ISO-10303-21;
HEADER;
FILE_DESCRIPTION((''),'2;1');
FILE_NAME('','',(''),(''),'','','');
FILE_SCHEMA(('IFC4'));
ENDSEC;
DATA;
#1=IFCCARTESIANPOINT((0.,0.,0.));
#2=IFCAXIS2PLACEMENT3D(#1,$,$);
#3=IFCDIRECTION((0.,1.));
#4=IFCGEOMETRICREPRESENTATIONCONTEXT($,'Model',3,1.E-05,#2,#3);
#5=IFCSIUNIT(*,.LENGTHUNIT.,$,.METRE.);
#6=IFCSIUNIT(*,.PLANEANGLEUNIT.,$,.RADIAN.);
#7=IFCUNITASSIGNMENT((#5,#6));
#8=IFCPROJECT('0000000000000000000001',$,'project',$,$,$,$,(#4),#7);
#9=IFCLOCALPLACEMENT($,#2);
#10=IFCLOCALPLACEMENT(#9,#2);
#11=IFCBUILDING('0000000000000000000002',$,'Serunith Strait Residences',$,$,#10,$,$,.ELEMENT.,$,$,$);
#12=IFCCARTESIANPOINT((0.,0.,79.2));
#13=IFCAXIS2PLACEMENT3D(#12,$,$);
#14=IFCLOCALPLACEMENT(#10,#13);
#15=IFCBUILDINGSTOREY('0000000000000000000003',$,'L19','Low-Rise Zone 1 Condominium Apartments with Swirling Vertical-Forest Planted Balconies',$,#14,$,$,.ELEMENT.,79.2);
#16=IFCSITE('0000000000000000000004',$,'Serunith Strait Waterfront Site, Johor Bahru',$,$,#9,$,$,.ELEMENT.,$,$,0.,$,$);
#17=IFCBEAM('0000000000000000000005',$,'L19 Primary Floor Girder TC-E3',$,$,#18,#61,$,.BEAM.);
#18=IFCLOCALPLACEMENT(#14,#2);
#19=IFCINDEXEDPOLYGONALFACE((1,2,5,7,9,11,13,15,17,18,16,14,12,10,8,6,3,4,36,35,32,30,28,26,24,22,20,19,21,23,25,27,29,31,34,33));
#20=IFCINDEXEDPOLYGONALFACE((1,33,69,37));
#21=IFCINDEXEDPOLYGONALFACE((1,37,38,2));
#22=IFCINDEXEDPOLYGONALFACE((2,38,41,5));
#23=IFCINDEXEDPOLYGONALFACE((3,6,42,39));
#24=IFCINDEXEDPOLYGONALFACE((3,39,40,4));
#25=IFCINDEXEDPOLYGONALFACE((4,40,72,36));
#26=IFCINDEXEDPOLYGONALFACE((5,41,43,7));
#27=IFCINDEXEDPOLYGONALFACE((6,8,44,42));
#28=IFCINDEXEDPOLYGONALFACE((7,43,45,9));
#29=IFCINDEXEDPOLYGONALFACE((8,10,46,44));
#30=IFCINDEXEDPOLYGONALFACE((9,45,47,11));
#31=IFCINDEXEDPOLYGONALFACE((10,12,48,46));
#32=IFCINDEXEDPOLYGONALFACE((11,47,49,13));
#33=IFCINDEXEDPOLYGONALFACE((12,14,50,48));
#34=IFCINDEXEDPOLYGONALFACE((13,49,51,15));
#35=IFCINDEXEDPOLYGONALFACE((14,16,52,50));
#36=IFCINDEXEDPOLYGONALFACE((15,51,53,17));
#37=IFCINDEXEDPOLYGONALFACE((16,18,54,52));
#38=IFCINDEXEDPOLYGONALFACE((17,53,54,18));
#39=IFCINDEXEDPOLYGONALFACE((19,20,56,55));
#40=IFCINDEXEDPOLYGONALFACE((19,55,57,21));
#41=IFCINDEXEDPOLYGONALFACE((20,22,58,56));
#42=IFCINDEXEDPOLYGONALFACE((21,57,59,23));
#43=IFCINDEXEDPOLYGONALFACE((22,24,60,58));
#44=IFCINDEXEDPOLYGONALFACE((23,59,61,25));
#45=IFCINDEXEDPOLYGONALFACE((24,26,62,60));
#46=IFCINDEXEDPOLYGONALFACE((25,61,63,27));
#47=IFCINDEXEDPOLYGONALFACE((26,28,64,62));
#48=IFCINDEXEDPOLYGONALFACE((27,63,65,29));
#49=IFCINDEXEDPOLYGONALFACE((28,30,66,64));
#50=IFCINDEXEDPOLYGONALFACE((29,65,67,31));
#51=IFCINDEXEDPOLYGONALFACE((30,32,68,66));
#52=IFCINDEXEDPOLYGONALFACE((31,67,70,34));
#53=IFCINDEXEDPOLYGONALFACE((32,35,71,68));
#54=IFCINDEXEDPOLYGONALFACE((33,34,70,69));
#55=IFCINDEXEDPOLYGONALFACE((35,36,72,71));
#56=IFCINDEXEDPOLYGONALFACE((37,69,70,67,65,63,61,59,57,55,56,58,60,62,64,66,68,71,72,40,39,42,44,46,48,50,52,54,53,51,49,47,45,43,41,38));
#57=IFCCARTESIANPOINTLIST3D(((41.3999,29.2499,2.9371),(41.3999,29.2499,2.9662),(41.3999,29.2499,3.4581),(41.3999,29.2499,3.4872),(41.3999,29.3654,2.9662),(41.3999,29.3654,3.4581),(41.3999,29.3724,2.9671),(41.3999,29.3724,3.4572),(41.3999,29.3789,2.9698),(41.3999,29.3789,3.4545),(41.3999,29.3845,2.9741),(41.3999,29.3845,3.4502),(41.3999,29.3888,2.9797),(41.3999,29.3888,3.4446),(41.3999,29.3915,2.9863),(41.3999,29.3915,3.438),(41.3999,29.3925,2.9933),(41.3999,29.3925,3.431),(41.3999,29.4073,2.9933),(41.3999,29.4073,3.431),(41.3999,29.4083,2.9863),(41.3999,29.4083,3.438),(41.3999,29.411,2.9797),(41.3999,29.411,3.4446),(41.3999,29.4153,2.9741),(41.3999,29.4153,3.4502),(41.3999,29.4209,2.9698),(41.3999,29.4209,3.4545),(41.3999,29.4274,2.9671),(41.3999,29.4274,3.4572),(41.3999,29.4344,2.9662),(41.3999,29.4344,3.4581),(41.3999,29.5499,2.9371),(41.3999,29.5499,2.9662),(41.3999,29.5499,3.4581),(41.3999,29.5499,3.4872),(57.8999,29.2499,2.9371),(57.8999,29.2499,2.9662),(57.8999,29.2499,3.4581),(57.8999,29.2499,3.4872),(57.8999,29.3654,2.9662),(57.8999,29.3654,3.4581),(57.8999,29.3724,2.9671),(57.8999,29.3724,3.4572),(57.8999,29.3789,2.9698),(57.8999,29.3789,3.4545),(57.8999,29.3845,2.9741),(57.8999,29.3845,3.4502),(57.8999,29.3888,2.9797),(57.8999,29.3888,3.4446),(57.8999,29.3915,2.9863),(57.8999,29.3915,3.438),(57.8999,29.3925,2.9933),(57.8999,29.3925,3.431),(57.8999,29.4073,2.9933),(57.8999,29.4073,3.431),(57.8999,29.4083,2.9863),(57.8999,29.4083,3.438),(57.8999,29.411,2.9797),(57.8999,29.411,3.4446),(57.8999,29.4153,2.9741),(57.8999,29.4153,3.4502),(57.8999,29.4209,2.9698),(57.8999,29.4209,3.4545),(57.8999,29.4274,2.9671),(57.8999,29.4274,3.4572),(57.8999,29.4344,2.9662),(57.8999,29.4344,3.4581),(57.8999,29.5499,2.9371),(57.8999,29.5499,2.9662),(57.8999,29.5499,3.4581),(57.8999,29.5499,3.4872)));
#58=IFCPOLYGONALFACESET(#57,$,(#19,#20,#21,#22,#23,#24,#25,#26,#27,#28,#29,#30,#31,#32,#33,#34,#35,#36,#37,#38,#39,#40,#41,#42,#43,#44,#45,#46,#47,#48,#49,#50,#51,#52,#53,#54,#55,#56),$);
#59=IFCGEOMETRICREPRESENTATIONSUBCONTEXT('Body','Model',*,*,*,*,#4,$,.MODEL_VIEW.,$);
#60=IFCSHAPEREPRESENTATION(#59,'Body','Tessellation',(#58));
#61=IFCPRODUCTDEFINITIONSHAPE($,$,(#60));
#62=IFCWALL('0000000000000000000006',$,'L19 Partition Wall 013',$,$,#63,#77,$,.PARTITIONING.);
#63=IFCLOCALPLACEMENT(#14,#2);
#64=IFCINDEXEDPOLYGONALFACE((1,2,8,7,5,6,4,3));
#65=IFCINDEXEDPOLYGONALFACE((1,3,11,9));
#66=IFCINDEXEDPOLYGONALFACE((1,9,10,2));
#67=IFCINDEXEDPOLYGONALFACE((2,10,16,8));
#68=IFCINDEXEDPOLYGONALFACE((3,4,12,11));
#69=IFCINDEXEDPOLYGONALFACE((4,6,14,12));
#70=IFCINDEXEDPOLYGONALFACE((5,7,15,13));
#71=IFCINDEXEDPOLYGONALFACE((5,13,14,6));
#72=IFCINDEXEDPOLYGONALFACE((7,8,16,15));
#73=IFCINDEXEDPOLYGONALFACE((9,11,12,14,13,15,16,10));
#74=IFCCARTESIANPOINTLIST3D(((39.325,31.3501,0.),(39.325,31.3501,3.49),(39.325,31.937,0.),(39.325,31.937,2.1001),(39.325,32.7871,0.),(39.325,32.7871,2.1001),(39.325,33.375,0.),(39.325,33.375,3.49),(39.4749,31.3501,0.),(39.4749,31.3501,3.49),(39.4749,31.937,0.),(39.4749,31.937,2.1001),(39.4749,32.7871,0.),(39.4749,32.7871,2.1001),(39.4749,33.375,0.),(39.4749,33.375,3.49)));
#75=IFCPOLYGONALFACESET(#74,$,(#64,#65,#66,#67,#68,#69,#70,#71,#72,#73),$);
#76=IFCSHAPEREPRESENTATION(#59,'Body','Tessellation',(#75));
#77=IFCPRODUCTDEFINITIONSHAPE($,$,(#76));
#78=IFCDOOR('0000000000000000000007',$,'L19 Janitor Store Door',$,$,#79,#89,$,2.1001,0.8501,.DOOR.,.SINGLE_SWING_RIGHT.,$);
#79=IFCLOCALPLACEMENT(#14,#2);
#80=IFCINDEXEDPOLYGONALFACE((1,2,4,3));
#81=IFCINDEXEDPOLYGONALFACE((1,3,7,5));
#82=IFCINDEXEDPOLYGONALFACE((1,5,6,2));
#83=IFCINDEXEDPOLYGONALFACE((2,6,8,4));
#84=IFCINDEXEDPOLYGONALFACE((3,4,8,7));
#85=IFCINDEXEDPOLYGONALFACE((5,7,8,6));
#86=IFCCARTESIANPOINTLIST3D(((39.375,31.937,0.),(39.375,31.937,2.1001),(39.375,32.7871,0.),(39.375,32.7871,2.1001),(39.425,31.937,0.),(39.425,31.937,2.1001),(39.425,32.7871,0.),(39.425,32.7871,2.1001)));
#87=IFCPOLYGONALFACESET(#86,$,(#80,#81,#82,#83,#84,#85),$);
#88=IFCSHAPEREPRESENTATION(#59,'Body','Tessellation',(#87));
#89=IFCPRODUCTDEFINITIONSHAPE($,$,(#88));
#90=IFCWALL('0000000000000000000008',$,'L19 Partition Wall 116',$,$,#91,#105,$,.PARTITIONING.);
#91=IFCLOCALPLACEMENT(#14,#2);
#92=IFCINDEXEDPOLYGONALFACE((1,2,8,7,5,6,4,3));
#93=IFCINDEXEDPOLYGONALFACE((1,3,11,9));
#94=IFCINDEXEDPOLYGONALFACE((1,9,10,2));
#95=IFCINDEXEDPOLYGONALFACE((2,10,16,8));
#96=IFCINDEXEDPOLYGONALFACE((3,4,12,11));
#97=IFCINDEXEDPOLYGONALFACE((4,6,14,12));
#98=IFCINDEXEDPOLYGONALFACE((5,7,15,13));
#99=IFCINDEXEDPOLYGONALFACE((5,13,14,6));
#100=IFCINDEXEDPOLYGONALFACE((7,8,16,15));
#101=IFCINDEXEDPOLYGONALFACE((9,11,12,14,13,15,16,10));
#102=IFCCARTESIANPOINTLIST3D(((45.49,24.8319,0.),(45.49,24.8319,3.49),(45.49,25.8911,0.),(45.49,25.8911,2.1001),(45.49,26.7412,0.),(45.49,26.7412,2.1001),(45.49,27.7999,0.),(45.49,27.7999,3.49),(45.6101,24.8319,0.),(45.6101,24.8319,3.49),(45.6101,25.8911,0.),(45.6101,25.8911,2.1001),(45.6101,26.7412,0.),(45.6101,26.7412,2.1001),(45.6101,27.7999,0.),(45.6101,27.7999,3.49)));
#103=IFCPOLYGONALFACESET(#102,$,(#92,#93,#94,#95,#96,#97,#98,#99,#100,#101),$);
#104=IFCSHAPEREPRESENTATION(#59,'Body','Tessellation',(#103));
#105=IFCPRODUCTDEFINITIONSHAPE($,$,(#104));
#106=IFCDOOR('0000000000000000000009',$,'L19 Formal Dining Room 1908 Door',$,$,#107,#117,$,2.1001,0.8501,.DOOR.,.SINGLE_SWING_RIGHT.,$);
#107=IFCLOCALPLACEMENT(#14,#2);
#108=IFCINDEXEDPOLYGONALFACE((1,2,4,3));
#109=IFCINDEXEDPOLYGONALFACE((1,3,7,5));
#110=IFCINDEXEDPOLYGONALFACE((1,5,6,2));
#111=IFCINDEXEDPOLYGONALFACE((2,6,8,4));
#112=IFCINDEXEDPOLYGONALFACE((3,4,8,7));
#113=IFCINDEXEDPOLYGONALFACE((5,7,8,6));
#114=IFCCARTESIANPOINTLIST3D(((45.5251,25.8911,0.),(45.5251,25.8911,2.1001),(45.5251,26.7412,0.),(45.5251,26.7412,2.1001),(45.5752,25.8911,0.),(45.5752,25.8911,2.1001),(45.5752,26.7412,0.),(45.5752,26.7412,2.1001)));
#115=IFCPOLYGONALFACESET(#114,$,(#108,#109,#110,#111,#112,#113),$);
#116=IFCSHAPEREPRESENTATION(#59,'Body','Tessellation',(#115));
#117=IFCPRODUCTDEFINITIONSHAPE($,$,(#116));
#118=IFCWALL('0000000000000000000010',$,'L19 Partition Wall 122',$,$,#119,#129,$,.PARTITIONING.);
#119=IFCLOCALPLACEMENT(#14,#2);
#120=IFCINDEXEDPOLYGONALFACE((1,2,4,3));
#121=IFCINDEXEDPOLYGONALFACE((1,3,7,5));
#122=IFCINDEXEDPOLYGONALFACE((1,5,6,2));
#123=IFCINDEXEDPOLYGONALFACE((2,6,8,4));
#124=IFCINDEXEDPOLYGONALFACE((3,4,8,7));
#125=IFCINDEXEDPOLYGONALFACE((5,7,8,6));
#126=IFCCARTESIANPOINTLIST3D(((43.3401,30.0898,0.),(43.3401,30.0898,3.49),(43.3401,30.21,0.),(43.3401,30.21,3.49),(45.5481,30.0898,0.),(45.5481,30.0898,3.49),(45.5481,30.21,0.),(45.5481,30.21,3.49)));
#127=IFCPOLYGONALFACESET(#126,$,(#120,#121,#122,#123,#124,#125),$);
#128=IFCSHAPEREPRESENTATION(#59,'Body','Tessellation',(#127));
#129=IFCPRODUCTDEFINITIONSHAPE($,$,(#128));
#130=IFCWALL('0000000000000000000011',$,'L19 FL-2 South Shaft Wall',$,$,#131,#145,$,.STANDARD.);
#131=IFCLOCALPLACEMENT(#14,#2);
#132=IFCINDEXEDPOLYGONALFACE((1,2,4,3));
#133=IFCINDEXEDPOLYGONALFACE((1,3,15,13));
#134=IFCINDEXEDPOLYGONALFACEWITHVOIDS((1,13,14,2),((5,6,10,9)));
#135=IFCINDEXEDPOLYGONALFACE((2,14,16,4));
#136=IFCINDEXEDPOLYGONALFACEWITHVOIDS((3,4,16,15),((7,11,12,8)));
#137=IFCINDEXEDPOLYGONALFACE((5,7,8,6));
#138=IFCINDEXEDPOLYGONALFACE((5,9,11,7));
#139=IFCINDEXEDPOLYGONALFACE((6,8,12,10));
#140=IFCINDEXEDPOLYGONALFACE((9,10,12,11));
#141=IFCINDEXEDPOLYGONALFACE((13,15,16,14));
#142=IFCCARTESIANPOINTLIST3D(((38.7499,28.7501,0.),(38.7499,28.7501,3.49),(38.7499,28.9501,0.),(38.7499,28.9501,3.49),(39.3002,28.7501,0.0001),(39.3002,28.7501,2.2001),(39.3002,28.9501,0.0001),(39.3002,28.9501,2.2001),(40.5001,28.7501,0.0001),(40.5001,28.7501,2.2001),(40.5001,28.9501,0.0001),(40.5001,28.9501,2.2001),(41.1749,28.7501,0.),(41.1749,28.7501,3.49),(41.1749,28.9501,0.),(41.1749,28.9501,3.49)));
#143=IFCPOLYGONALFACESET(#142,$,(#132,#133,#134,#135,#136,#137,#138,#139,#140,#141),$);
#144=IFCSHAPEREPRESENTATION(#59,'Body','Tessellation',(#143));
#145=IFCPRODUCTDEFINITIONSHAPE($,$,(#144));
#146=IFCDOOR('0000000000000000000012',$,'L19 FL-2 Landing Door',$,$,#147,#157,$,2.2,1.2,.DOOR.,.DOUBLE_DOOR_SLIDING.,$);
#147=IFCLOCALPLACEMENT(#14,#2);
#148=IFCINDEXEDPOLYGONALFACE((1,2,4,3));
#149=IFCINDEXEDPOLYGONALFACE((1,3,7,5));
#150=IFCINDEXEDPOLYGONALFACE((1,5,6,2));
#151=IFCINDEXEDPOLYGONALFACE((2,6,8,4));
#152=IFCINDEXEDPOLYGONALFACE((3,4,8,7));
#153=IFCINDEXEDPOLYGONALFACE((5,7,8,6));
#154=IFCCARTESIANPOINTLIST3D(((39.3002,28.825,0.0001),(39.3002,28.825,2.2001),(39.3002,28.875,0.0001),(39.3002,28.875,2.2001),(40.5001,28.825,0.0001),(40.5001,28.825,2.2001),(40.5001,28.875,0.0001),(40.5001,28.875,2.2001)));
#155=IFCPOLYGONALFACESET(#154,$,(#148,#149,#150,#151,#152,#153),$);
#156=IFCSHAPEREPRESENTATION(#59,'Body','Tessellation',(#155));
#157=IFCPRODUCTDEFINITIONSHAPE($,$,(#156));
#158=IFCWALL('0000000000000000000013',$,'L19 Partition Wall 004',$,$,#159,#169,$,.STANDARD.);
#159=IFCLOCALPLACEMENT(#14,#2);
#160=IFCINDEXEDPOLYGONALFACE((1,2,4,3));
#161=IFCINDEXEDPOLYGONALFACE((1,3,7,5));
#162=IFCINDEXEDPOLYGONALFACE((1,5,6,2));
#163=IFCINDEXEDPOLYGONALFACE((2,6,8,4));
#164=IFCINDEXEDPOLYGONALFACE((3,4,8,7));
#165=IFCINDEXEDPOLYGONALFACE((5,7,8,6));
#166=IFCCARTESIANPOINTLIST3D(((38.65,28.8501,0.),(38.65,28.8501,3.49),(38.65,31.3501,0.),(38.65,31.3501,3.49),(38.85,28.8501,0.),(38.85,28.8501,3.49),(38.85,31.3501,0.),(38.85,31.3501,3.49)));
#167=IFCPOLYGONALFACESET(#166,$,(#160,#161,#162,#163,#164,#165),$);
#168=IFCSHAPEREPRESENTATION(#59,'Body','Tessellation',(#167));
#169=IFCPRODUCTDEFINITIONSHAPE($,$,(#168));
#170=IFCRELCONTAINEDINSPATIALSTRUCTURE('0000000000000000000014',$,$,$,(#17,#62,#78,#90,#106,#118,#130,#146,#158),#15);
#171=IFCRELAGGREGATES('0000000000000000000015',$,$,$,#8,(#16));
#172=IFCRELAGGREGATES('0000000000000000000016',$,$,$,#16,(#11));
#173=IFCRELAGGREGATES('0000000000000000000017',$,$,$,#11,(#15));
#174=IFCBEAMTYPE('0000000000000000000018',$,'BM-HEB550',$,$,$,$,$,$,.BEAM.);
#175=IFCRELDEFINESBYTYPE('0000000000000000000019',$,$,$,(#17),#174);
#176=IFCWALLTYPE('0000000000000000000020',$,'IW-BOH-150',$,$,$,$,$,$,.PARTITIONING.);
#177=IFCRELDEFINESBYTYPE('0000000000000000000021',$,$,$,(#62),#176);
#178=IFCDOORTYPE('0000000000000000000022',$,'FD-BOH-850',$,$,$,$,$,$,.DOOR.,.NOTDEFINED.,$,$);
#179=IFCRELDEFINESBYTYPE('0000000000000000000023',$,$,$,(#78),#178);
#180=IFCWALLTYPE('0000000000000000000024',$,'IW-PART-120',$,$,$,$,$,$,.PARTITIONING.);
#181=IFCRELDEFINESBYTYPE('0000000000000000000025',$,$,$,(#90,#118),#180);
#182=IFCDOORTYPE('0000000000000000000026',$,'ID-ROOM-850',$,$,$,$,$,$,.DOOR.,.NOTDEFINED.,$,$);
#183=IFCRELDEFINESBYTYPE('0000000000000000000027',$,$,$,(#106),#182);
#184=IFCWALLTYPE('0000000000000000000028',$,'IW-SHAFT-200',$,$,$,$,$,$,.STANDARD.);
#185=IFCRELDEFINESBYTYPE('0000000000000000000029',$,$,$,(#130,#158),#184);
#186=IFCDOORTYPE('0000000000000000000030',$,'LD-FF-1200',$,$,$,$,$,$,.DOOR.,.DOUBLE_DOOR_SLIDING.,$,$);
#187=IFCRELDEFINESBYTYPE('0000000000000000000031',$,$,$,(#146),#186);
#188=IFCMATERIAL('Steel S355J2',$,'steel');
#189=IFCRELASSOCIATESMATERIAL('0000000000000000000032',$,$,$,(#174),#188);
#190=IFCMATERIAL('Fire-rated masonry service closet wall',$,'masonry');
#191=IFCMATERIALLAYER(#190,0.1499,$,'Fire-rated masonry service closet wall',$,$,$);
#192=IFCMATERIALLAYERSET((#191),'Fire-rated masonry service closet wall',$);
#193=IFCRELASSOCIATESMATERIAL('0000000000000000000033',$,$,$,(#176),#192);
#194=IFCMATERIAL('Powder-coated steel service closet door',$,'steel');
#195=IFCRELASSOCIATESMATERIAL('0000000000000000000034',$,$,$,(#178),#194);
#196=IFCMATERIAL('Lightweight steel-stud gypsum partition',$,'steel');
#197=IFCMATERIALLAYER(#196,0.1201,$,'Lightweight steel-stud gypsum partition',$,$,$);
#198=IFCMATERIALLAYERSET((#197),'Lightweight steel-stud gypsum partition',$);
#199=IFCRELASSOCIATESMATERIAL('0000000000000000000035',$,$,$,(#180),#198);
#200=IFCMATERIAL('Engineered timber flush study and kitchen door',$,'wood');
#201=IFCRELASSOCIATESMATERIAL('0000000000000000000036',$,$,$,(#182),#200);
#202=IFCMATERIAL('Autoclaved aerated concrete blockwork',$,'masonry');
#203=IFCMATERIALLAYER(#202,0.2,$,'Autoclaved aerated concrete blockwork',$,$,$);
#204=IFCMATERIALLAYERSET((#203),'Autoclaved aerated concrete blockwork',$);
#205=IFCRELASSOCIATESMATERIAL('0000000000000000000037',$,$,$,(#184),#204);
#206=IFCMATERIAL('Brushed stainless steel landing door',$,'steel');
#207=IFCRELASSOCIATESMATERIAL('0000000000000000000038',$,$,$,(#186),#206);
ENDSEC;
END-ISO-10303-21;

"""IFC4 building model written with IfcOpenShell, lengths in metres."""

from ifc_helpers import new_model, si_unit, direction, frame, frame_2d, origin, origin_2d, place, context, subcontext, project, spatial, rectangle, i_section, extrude, source, transform, mapped, material, layer, layer_set, material_profile, profile_set, type_object, element, fill, save


model = new_model("IFC4")

# Units and contexts
model_context = context("Model", 3, precision=1e-05, world=origin(), true_north=direction((0.0, 1.0)))
body_context = subcontext(model_context, "Body", "Model", "MODEL_VIEW")
ifc_project = project(units=[si_unit("LENGTHUNIT", "METRE"), si_unit("PLANEANGLEUNIT", "RADIAN")], contexts=[model_context])

# Site, building, storey
site_placement = place(None, origin())
site = spatial("IfcSite", under=ifc_project, at=site_placement, Name="Serunith Strait Waterfront Site, Johor Bahru", CompositionType="ELEMENT", RefElevation=0.0)
building_placement = place(site_placement, origin())
building = spatial("IfcBuilding", under=site, at=building_placement, Name="Serunith Strait Residences", CompositionType="ELEMENT")
storey_placement = place(building_placement, frame((0.0, 0.0, 79.2)))
storey = spatial("IfcBuildingStorey", under=building, at=storey_placement, Name="L19", Description="Low-Rise Zone 1 Condominium Apartments with Swirling Vertical-Forest Planted Balconies", CompositionType="ELEMENT", Elevation=79.2)

# Beam
ifc_material_1 = material(Name="Steel S355J2", Category="steel")
ifc_material_profile = material_profile(ifc_material_1, i_section(OverallWidth=0.3, OverallDepth=0.55, WebThickness=0.0149, FlangeThickness=0.0291, FilletRadius=0.0271, at=origin_2d()), Name="HEB 550")
ifc_profile_set = profile_set([ifc_material_profile], Name="Steel S355J2")
beam_type = type_object("IfcBeamType", Name="BM-HEB550", PredefinedType="BEAM", material=ifc_profile_set)
shared_shape_1 = source(origin(), body_context, "Body", "SweptSolid", [
    extrude(i_section(OverallWidth=0.3, OverallDepth=0.55, WebThickness=0.0149, FlangeThickness=0.0291, FilletRadius=0.0271, at=origin_2d()), origin(), (0.0, 0.0, 1.0), 16.5),
])
beam_placement = place(storey_placement, frame((41.3999, 29.3999, 3.2122), z_axis=(1.0, 0.0, 0.0), x_axis=(0.0, 1.0, 0.0)))
element("IfcBeam", 1, at=beam_placement, inside=storey, type_object=beam_type, Name="L19 Primary Floor Girder TC-E3", PredefinedType="BEAM", context=body_context, shape_type="MappedRepresentation", body=[
    mapped(shared_shape_1, transform((0.0, 0.0, 0.0), scale=1.0)),
])

# Walls, openings, doors
ifc_material_2 = material(Name="Fire-rated masonry service closet wall", Category="masonry")
ifc_layer_1 = layer(ifc_material_2, 0.1499, Name="Fire-rated masonry service closet wall")
ifc_layer_set_1 = layer_set([ifc_layer_1], Name="Fire-rated masonry service closet wall")
wall_type_1 = type_object("IfcWallType", Name="IW-BOH-150", PredefinedType="PARTITIONING", material=ifc_layer_set_1)
wall_1_placement = place(storey_placement, frame((39.3999, 31.3501, 0.0), z_axis=(0.0, 0.0, 1.0), x_axis=(0.0, 1.0, 0.0)))
wall_1 = element("IfcWall", 2, at=wall_1_placement, inside=storey, type_object=wall_type_1, Name="L19 Partition Wall 013", PredefinedType="PARTITIONING", context=body_context, shape_type="SweptSolid", body=[
    extrude(rectangle(XDim=2.0249, YDim=0.1499, at=frame_2d((1.0125, 0.0))), origin(), (0.0, 0.0, 1.0), 3.49),
])
opening_1_placement = place(wall_1_placement, frame((0.5869, 0.0, 0.0)))
opening_1 = element("IfcOpeningElement", 3, at=opening_1_placement, cuts=wall_1, PredefinedType="OPENING", context=body_context, shape_type="SweptSolid", body=[
    extrude(rectangle(XDim=0.8501, YDim=2.1001, at=frame_2d((0.425, 1.05))), frame((0.0, 0.085, 0.0), z_axis=(0.0, -1.0, 0.0), x_axis=(1.0, 0.0, 0.0)), (0.0, 0.0, 1.0), 0.1699),
])
ifc_material_3 = material(Name="Powder-coated steel service closet door", Category="steel")
door_type_1 = type_object("IfcDoorType", Name="FD-BOH-850", OperationType="NOTDEFINED", PredefinedType="DOOR", material=ifc_material_3)
shared_shape_2 = source(origin(), body_context, "Body", "SweptSolid", [
    extrude(rectangle(XDim=0.8501, YDim=2.1001, at=frame_2d((0.425, 1.05))), frame((0.0, 0.0249, 0.0), z_axis=(0.0, -1.0, 0.0), x_axis=(1.0, 0.0, 0.0)), (0.0, 0.0, 1.0), 0.05),
])
door_1_placement = place(opening_1_placement, origin())
door_1 = element("IfcDoor", 4, at=door_1_placement, inside=storey, type_object=door_type_1, Name="L19 Janitor Store Door", OperationType="SINGLE_SWING_RIGHT", OverallHeight=2.1001, OverallWidth=0.8501, PredefinedType="DOOR", context=body_context, shape_type="MappedRepresentation", body=[
    mapped(shared_shape_2, transform((0.0, 0.0, 0.0), scale=1.0)),
])
fill(opening_1, door_1)
ifc_material_4 = material(Name="Lightweight steel-stud gypsum partition", Category="steel")
ifc_layer_2 = layer(ifc_material_4, 0.1201, Name="Lightweight steel-stud gypsum partition")
ifc_layer_set_2 = layer_set([ifc_layer_2], Name="Lightweight steel-stud gypsum partition")
wall_type_2 = type_object("IfcWallType", Name="IW-PART-120", PredefinedType="PARTITIONING", material=ifc_layer_set_2)
wall_2_placement = place(storey_placement, frame((45.55, 24.832, 0.0), z_axis=(0.0, 0.0, 1.0), x_axis=(0.0, 1.0, 0.0)))
wall_2 = element("IfcWall", 5, at=wall_2_placement, inside=storey, type_object=wall_type_2, Name="L19 Partition Wall 116", PredefinedType="PARTITIONING", context=body_context, shape_type="SweptSolid", body=[
    extrude(rectangle(XDim=2.968, YDim=0.1201, at=frame_2d((1.4839, 0.0))), origin(), (0.0, 0.0, 1.0), 3.49),
])
opening_2_placement = place(wall_2_placement, frame((1.0591, 0.0, 0.0)))
opening_2 = element("IfcOpeningElement", 6, at=opening_2_placement, cuts=wall_2, PredefinedType="OPENING", context=body_context, shape_type="SweptSolid", body=[
    extrude(rectangle(XDim=0.8501, YDim=2.1001, at=frame_2d((0.425, 1.05))), frame((0.0, 0.0701, 0.0), z_axis=(0.0, -1.0, 0.0), x_axis=(1.0, 0.0, 0.0)), (0.0, 0.0, 1.0), 0.1401),
])
ifc_material_5 = material(Name="Engineered timber flush study and kitchen door", Category="wood")
door_type_2 = type_object("IfcDoorType", Name="ID-ROOM-850", OperationType="NOTDEFINED", PredefinedType="DOOR", material=ifc_material_5)
door_2_placement = place(opening_2_placement, origin())
door_2 = element("IfcDoor", 7, at=door_2_placement, inside=storey, type_object=door_type_2, Name="L19 Formal Dining Room 1908 Door", OperationType="SINGLE_SWING_RIGHT", OverallHeight=2.1001, OverallWidth=0.8501, PredefinedType="DOOR", context=body_context, shape_type="MappedRepresentation", body=[
    mapped(shared_shape_2, transform((0.0, 0.0, 0.0), scale=1.0)),
])
fill(opening_2, door_2)

# Wall
wall_3_placement = place(storey_placement, frame((45.5481, 30.1499, 0.0), z_axis=(0.0, 0.0, 1.0), x_axis=(-1.0, 0.0, 0.0)))
element("IfcWall", 8, at=wall_3_placement, inside=storey, type_object=wall_type_2, Name="L19 Partition Wall 122", PredefinedType="PARTITIONING", context=body_context, shape_type="SweptSolid", body=[
    extrude(rectangle(XDim=2.208, YDim=0.1201, at=frame_2d((1.104, 0.0))), origin(), (0.0, 0.0, 1.0), 3.49),
])

# Wall, opening, door
ifc_material_6 = material(Name="Autoclaved aerated concrete blockwork", Category="masonry")
ifc_layer_3 = layer(ifc_material_6, 0.2, Name="Autoclaved aerated concrete blockwork")
ifc_layer_set_3 = layer_set([ifc_layer_3], Name="Autoclaved aerated concrete blockwork")
wall_type_3 = type_object("IfcWallType", Name="IW-SHAFT-200", PredefinedType="STANDARD", material=ifc_layer_set_3)
wall_4_placement = place(storey_placement, frame((38.75, 28.8501, 0.0), z_axis=(0.0, 0.0, 1.0), x_axis=(1.0, 0.0, 0.0)))
wall_4 = element("IfcWall", 9, at=wall_4_placement, inside=storey, type_object=wall_type_3, Name="L19 FL-2 South Shaft Wall", PredefinedType="STANDARD", context=body_context, shape_type="SweptSolid", body=[
    extrude(rectangle(XDim=2.425, YDim=0.2, at=frame_2d((1.2124, 0.0))), origin(), (0.0, 0.0, 1.0), 3.49),
])
opening_3_placement = place(wall_4_placement, frame((0.55, 0.0, 0.0)))
opening_3 = element("IfcOpeningElement", 10, at=opening_3_placement, cuts=wall_4, PredefinedType="OPENING", context=body_context, shape_type="SweptSolid", body=[
    extrude(rectangle(XDim=1.2, YDim=2.2, at=frame_2d((0.6001, 1.1001))), frame((0.0, 0.1099, 0.0), z_axis=(0.0, -1.0, 0.0), x_axis=(1.0, 0.0, 0.0)), (0.0, 0.0, 1.0), 0.22),
])
ifc_material_7 = material(Name="Brushed stainless steel landing door", Category="steel")
door_type_3 = type_object("IfcDoorType", Name="LD-FF-1200", OperationType="DOUBLE_DOOR_SLIDING", PredefinedType="DOOR", material=ifc_material_7)
shared_shape_3 = source(origin(), body_context, "Body", "SweptSolid", [
    extrude(rectangle(XDim=1.2, YDim=2.2, at=frame_2d((0.6001, 1.1001))), frame((0.0, 0.0249, 0.0), z_axis=(0.0, -1.0, 0.0), x_axis=(1.0, 0.0, 0.0)), (0.0, 0.0, 1.0), 0.05),
])
door_3_placement = place(opening_3_placement, origin())
door_3 = element("IfcDoor", 11, at=door_3_placement, inside=storey, type_object=door_type_3, Name="L19 FL-2 Landing Door", OperationType="DOUBLE_DOOR_SLIDING", OverallHeight=2.2, OverallWidth=1.2, PredefinedType="DOOR", context=body_context, shape_type="MappedRepresentation", body=[
    mapped(shared_shape_3, transform((0.0, 0.0, 0.0), scale=1.0)),
])
fill(opening_3, door_3)

# Wall
wall_5_placement = place(storey_placement, frame((38.75, 28.8501, 0.0), z_axis=(0.0, 0.0, 1.0), x_axis=(0.0, 1.0, 0.0)))
element("IfcWall", 12, at=wall_5_placement, inside=storey, type_object=wall_type_3, Name="L19 Partition Wall 004", PredefinedType="STANDARD", context=body_context, shape_type="SweptSolid", body=[
    extrude(rectangle(XDim=2.5, YDim=0.2, at=frame_2d((1.25, 0.0))), origin(), (0.0, 0.0, 1.0), 3.49),
])

save(model, "model.ifc")
